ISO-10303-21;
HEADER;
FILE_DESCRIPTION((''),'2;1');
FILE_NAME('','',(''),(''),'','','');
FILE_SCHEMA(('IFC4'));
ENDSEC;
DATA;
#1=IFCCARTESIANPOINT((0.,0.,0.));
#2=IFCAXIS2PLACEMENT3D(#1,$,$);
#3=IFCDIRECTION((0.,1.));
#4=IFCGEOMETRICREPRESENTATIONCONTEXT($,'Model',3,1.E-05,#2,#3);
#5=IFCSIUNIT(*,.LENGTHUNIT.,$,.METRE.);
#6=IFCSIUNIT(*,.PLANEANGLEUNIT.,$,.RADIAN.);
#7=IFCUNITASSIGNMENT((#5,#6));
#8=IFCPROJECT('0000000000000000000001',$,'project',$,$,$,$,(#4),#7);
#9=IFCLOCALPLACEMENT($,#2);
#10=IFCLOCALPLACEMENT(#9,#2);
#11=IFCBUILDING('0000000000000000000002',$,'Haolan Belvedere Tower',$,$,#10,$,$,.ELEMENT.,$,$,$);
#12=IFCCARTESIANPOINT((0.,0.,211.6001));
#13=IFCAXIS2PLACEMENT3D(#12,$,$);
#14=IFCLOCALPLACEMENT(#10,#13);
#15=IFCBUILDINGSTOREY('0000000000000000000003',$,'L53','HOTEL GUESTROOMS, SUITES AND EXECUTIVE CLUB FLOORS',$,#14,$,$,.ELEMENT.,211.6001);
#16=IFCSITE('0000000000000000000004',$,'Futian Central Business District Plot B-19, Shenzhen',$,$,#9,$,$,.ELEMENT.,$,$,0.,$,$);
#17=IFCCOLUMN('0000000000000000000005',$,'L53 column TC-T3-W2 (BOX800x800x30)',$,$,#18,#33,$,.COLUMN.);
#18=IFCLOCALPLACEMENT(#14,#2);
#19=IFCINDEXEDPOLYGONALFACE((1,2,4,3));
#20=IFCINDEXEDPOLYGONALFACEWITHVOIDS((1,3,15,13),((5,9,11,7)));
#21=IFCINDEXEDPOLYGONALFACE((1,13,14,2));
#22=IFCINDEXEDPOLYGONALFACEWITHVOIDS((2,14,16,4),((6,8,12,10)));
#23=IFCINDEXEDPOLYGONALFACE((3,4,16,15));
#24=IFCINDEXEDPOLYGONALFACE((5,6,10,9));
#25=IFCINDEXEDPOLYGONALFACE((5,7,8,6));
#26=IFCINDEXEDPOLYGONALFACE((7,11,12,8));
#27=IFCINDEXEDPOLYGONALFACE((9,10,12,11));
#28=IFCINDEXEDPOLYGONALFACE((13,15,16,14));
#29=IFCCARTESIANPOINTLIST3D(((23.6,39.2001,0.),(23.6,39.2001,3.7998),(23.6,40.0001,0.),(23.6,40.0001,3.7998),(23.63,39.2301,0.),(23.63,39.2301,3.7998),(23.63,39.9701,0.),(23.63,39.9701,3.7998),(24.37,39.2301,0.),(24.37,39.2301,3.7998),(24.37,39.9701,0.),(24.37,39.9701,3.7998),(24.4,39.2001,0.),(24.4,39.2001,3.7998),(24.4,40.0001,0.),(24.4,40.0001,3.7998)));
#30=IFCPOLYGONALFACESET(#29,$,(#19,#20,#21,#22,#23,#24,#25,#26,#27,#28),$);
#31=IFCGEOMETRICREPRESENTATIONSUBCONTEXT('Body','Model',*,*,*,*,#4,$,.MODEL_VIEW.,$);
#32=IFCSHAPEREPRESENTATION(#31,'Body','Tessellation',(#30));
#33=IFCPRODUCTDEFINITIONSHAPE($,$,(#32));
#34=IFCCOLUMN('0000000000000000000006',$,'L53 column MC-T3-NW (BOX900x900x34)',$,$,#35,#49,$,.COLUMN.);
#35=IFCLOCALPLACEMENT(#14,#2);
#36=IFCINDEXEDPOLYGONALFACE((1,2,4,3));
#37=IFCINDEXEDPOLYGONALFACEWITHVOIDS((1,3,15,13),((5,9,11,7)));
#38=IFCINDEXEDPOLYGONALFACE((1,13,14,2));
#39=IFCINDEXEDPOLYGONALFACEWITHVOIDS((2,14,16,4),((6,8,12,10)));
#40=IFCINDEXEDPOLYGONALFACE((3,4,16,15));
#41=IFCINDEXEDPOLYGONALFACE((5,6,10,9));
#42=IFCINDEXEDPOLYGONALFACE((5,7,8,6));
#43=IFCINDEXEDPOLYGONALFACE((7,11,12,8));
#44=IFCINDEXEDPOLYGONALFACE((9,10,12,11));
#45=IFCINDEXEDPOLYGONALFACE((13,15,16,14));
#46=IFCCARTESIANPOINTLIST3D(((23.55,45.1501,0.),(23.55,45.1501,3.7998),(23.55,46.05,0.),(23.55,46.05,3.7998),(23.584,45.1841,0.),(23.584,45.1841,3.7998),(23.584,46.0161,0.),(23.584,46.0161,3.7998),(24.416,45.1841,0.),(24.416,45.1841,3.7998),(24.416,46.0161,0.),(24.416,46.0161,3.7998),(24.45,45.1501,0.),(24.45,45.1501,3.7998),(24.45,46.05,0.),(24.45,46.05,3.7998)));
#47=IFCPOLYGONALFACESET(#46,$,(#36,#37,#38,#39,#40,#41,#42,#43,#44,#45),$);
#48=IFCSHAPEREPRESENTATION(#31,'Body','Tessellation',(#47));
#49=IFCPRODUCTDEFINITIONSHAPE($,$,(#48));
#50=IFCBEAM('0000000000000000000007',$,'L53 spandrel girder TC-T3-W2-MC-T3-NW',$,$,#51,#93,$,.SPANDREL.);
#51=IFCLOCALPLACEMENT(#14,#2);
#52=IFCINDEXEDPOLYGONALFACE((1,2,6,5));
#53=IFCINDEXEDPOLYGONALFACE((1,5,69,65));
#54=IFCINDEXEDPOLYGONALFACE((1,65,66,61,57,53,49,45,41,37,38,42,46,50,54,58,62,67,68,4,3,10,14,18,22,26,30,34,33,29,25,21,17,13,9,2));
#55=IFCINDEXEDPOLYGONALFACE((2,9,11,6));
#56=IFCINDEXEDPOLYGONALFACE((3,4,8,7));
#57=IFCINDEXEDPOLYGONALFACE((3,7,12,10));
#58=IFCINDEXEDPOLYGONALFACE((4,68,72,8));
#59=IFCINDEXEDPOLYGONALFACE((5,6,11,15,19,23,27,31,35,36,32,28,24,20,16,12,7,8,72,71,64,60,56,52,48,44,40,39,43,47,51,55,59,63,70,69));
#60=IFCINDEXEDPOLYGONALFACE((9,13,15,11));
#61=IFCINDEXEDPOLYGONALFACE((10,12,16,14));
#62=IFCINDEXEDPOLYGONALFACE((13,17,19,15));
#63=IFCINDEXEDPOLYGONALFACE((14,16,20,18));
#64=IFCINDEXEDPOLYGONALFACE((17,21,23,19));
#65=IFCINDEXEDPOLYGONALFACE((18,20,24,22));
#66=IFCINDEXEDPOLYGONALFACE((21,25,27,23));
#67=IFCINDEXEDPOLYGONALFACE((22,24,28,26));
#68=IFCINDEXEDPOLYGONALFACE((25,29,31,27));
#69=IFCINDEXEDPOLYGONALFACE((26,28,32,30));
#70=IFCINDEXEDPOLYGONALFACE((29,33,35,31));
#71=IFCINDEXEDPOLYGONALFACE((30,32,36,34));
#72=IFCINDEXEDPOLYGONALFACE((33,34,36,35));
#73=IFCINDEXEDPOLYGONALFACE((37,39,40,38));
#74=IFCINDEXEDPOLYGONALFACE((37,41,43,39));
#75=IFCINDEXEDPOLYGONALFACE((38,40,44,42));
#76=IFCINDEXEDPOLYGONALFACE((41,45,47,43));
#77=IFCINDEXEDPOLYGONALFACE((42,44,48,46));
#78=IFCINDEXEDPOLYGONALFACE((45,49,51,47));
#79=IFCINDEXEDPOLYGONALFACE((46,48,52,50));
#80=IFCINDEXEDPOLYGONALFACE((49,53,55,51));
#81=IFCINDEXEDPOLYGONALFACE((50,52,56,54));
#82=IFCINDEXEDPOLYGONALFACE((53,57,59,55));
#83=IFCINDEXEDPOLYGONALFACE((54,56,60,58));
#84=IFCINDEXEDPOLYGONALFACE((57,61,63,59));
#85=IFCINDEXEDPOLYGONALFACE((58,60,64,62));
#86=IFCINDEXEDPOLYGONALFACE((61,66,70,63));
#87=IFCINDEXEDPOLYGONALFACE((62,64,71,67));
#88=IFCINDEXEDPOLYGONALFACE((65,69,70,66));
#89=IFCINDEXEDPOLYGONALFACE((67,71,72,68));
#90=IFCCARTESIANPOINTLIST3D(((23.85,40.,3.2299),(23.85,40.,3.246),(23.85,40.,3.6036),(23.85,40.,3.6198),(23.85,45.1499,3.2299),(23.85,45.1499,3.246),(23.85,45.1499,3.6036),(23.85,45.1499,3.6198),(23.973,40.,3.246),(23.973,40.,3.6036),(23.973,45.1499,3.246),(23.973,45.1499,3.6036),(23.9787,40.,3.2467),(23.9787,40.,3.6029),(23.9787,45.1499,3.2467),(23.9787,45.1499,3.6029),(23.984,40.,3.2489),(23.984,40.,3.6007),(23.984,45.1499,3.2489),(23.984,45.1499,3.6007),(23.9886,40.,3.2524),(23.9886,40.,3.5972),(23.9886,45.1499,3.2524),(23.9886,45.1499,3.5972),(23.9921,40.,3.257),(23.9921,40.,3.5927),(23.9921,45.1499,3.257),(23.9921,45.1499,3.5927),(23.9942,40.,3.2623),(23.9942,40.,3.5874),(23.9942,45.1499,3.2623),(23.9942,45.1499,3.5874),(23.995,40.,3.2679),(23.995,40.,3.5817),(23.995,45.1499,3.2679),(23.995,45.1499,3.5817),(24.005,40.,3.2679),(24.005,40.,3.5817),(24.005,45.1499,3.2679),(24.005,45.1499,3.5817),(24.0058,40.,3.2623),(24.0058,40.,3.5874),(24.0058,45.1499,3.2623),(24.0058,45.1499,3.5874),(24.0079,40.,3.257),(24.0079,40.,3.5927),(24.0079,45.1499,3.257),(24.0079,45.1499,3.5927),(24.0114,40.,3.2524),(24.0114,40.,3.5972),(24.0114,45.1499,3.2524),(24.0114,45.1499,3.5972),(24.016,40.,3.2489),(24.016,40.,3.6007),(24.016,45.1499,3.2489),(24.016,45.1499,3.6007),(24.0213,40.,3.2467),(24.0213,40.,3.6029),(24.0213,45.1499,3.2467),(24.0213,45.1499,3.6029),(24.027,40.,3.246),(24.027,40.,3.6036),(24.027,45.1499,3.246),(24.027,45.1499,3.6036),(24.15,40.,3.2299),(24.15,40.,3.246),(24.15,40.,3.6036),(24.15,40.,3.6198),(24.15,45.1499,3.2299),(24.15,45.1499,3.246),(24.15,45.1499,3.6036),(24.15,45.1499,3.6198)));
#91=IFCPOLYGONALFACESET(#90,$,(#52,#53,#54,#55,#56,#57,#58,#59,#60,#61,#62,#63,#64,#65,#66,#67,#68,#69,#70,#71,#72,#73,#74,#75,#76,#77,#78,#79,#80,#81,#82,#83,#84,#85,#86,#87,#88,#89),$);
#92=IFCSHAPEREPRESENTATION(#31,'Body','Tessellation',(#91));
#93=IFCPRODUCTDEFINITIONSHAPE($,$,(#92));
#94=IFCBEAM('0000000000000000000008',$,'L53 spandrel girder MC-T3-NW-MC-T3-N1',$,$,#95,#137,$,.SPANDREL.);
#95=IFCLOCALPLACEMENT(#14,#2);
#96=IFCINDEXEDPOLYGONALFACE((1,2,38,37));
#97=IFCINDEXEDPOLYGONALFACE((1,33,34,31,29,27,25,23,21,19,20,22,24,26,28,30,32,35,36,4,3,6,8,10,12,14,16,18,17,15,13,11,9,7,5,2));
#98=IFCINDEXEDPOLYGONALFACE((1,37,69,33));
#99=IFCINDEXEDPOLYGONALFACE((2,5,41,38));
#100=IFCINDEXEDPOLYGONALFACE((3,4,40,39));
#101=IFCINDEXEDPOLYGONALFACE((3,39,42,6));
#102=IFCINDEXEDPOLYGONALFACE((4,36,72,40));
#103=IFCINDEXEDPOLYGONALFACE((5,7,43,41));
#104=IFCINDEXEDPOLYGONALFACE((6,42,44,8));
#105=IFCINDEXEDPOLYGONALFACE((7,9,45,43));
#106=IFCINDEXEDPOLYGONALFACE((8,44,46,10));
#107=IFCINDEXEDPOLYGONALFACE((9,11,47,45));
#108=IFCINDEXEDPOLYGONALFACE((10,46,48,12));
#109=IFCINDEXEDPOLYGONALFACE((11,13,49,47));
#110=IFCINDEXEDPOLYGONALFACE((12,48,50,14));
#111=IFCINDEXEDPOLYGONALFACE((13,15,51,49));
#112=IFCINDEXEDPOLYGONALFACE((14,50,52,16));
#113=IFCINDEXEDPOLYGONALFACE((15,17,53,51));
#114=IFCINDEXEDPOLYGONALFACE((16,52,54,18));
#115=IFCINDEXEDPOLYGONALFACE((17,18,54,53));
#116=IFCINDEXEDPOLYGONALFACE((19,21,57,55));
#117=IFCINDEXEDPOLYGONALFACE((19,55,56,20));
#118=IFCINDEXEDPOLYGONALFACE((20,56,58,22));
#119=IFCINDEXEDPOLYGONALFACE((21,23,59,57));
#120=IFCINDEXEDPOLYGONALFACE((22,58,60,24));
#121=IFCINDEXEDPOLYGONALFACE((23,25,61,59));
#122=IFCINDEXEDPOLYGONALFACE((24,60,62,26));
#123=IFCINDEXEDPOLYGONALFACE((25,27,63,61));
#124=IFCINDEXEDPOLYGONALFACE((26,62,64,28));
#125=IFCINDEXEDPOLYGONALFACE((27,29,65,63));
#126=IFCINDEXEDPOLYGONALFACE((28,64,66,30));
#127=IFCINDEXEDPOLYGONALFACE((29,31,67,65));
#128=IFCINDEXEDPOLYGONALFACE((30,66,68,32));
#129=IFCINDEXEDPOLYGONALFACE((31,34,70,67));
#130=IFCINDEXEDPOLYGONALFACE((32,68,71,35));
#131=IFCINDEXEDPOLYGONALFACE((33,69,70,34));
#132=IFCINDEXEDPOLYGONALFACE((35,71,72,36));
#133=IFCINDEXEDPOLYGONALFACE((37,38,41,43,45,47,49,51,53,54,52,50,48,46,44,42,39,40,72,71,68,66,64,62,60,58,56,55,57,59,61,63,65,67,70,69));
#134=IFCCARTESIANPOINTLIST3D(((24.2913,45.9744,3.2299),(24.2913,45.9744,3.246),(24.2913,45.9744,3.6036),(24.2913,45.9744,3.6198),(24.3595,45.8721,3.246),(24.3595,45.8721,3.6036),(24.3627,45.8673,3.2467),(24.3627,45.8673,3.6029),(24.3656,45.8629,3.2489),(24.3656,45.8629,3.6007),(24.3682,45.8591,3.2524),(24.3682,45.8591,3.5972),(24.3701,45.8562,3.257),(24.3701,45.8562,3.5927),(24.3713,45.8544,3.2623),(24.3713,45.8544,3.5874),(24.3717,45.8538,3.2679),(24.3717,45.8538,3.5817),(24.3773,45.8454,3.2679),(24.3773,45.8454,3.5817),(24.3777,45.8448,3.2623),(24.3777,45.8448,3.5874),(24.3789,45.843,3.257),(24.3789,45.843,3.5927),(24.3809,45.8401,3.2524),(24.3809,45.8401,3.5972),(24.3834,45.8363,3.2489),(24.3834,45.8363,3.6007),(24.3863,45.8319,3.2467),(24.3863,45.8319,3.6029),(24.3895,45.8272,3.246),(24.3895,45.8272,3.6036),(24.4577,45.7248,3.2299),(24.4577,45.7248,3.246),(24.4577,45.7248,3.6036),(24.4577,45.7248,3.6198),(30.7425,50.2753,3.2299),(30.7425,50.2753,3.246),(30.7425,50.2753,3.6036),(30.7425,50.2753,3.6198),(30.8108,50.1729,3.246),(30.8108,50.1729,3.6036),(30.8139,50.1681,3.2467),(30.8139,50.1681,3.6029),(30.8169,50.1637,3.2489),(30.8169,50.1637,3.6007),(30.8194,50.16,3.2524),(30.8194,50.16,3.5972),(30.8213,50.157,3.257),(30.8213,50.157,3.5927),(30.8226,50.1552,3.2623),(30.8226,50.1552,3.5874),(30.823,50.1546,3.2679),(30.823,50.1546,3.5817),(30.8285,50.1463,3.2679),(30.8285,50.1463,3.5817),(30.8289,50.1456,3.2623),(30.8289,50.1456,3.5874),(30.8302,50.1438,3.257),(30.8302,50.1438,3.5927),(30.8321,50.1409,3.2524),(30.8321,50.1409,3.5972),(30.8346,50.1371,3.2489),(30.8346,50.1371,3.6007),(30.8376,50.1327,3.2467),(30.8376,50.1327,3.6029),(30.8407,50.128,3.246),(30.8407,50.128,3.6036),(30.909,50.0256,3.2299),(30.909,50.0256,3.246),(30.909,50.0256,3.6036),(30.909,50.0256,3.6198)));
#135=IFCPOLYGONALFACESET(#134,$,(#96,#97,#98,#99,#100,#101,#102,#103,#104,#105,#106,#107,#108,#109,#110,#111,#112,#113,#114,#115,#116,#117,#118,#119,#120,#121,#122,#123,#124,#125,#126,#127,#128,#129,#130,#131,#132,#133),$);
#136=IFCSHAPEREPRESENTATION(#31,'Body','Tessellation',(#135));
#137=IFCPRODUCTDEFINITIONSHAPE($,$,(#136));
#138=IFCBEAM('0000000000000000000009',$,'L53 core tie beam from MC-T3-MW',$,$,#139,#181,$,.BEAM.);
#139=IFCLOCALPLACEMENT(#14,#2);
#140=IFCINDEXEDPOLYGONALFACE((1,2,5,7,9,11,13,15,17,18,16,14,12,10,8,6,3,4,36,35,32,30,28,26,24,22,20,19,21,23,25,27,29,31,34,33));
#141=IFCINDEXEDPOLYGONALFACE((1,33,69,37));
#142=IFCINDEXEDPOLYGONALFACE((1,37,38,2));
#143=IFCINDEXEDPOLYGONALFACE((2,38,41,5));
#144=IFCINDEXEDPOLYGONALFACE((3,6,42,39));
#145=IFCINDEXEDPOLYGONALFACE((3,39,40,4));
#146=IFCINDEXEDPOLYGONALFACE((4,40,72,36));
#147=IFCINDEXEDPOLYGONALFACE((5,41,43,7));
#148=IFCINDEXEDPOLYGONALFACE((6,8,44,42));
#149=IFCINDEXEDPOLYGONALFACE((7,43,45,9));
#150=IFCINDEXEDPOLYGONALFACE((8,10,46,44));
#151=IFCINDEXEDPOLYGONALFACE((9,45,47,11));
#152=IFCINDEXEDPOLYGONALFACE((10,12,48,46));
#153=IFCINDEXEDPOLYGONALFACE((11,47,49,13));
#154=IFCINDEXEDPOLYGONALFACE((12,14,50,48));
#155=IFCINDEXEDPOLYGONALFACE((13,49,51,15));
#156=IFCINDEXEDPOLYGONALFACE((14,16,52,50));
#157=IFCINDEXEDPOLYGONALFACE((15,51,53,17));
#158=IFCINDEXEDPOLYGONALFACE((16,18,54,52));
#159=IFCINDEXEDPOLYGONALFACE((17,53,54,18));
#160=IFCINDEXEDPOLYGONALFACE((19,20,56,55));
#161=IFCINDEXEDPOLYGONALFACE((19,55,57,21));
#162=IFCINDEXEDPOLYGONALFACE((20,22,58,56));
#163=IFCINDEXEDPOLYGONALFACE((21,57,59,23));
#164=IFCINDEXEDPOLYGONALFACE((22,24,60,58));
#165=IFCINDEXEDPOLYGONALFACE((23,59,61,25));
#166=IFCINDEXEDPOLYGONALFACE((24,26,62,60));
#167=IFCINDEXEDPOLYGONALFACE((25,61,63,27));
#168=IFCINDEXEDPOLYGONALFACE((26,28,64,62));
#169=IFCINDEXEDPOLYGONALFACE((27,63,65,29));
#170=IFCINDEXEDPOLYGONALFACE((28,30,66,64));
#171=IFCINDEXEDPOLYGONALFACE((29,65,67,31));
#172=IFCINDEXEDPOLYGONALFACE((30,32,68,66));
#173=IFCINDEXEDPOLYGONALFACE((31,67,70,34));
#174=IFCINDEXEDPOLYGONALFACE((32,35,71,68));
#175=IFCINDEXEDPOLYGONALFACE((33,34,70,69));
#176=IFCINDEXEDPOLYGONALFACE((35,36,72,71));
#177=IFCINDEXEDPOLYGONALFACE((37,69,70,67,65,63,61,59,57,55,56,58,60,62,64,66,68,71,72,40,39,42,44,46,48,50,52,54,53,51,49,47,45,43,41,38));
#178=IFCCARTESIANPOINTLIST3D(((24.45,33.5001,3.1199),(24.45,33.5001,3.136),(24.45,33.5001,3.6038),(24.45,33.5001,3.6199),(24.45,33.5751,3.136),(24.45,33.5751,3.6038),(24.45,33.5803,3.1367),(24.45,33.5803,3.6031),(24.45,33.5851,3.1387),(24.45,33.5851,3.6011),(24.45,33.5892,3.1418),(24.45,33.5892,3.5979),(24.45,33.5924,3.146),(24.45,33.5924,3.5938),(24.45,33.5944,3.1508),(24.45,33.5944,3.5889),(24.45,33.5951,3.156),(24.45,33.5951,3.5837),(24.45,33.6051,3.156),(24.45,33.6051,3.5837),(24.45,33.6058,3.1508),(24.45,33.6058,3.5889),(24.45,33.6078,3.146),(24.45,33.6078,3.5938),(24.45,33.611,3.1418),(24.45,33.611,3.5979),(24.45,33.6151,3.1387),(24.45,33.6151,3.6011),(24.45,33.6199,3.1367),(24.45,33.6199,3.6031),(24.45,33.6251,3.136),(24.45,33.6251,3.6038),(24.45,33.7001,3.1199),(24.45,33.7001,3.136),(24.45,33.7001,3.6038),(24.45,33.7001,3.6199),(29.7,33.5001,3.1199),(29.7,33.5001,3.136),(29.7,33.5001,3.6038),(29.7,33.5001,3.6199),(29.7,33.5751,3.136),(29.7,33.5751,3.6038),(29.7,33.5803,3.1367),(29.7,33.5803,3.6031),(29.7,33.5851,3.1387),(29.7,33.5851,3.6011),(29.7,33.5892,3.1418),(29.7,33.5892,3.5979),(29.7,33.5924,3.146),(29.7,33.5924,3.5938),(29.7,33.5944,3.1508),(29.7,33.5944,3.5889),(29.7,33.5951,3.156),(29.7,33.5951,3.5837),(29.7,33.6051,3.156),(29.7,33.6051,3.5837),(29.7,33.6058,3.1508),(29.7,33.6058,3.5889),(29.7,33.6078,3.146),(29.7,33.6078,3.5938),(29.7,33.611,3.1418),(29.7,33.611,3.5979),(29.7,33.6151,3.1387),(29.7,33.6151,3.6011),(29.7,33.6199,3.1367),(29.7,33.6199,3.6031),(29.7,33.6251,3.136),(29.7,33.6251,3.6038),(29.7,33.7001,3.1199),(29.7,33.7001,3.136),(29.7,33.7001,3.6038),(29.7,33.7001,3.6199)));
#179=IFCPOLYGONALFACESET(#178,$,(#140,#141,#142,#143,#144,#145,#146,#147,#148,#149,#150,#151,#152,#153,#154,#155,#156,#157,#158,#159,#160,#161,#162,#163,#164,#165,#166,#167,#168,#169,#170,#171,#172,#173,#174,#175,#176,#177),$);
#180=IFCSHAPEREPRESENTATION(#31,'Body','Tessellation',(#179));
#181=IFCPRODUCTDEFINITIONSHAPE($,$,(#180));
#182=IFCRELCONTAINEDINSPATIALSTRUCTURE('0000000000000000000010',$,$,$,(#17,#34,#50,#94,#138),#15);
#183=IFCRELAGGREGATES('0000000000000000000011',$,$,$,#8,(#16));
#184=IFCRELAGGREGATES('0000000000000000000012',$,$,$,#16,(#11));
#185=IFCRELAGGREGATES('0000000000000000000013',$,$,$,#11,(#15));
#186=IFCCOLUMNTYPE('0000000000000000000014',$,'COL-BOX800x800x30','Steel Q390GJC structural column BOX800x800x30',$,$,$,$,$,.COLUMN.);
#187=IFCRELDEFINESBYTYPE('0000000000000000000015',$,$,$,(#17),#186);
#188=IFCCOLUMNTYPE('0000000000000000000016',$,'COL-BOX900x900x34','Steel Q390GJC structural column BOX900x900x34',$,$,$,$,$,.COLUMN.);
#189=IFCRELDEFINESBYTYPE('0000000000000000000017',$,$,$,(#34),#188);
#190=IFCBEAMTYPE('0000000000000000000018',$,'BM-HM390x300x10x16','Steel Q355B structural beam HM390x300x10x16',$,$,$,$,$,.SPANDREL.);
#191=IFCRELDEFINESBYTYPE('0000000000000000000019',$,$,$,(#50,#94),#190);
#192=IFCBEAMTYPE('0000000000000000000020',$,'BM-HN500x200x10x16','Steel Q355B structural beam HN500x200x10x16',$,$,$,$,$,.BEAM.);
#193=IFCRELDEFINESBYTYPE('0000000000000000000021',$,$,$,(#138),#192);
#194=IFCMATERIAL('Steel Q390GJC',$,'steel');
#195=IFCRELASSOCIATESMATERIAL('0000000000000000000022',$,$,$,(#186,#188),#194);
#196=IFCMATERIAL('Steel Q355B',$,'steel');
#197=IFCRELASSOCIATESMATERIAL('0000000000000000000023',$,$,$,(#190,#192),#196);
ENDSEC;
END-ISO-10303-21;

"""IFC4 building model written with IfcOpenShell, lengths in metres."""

from ifc_helpers import new_model, si_unit, direction, frame, origin, origin_2d, place, context, subcontext, project, spatial, hollow_rectangle, i_section, extrude, material, material_profile, profile_set, type_object, element, save


model = new_model("IFC4")

# Units and contexts
model_context = context("Model", 3, precision=1e-05, world=origin(), true_north=direction((0.0, 1.0)))
body_context = subcontext(model_context, "Body", "Model", "MODEL_VIEW")
ifc_project = project(units=[si_unit("LENGTHUNIT", "METRE"), si_unit("PLANEANGLEUNIT", "RADIAN")], contexts=[model_context])

# Site, building, storey
site_placement = place(None, origin())
site = spatial("IfcSite", under=ifc_project, at=site_placement, Name="Futian Central Business District Plot B-19, Shenzhen", CompositionType="ELEMENT", RefElevation=0.0)
building_placement = place(site_placement, origin())
building = spatial("IfcBuilding", under=site, at=building_placement, Name="Haolan Belvedere Tower", CompositionType="ELEMENT")
storey_placement = place(building_placement, frame((0.0, 0.0, 211.6001)))
storey = spatial("IfcBuildingStorey", under=building, at=storey_placement, Name="L53", Description="HOTEL GUESTROOMS, SUITES AND EXECUTIVE CLUB FLOORS", CompositionType="ELEMENT", Elevation=211.6001)

# Columns
ifc_material_1 = material(Name="Steel Q390GJC", Category="steel")
ifc_material_profile_1 = material_profile(ifc_material_1, hollow_rectangle(XDim=0.8, YDim=0.8, WallThickness=0.03, at=origin_2d()), Name="Steel Q390GJC")
ifc_profile_set_1 = profile_set([ifc_material_profile_1], Name="Steel Q390GJC")
column_type_1 = type_object("IfcColumnType", Name="COL-BOX800x800x30", Description="Steel Q390GJC structural column BOX800x800x30", PredefinedType="COLUMN", material=ifc_profile_set_1)
column_1_placement = place(storey_placement, frame((24.0, 39.6001, 0.0), z_axis=(0.0, 0.0, 1.0), x_axis=(1.0, 0.0, 0.0)))
element("IfcColumn", 1, at=column_1_placement, inside=storey, type_object=column_type_1, Name="L53 column TC-T3-W2 (BOX800x800x30)", PredefinedType="COLUMN", context=body_context, shape_type="SweptSolid", body=[
    extrude(hollow_rectangle(XDim=0.8, YDim=0.8, WallThickness=0.03, at=origin_2d()), origin(), (0.0, 0.0, 1.0), 3.7998),
])
ifc_material_profile_2 = material_profile(ifc_material_1, hollow_rectangle(XDim=0.8999, YDim=0.8999, WallThickness=0.0339, at=origin_2d()), Name="Steel Q390GJC")
ifc_profile_set_2 = profile_set([ifc_material_profile_2], Name="Steel Q390GJC")
column_type_2 = type_object("IfcColumnType", Name="COL-BOX900x900x34", Description="Steel Q390GJC structural column BOX900x900x34", PredefinedType="COLUMN", material=ifc_profile_set_2)
column_2_placement = place(storey_placement, frame((24.0, 45.6001, 0.0), z_axis=(0.0, 0.0, 1.0), x_axis=(1.0, 0.0, 0.0)))
element("IfcColumn", 2, at=column_2_placement, inside=storey, type_object=column_type_2, Name="L53 column MC-T3-NW (BOX900x900x34)", PredefinedType="COLUMN", context=body_context, shape_type="SweptSolid", body=[
    extrude(hollow_rectangle(XDim=0.8999, YDim=0.8999, WallThickness=0.0339, at=origin_2d()), origin(), (0.0, 0.0, 1.0), 3.7998),
])

# Beams
ifc_material_2 = material(Name="Steel Q355B", Category="steel")
ifc_material_profile_3 = material_profile(ifc_material_2, i_section(OverallWidth=0.3, OverallDepth=0.3899, WebThickness=0.01, FlangeThickness=0.0161, FilletRadius=0.022, at=origin_2d()), Name="Steel Q355B")
ifc_profile_set_3 = profile_set([ifc_material_profile_3], Name="Steel Q355B")
beam_type_1 = type_object("IfcBeamType", Name="BM-HM390x300x10x16", Description="Steel Q355B structural beam HM390x300x10x16", PredefinedType="SPANDREL", material=ifc_profile_set_3)
beam_1_placement = place(storey_placement, frame((24.0, 40.0, 3.4248), z_axis=(0.0, 1.0, 0.0), x_axis=(-1.0, 0.0, 0.0)))
element("IfcBeam", 3, at=beam_1_placement, inside=storey, type_object=beam_type_1, Name="L53 spandrel girder TC-T3-W2-MC-T3-NW", PredefinedType="SPANDREL", context=body_context, shape_type="SweptSolid", body=[
    extrude(i_section(OverallWidth=0.3, OverallDepth=0.3899, WebThickness=0.01, FlangeThickness=0.0161, FilletRadius=0.022, at=origin_2d()), origin(), (0.0, 0.0, 1.0), 5.1499),
])
beam_2_placement = place(storey_placement, frame((24.3745, 45.8496, 3.4248), z_axis=(0.83205, 0.5547, 0.0), x_axis=(-0.5547, 0.83205, 0.0)))
element("IfcBeam", 4, at=beam_2_placement, inside=storey, type_object=beam_type_1, Name="L53 spandrel girder MC-T3-NW-MC-T3-N1", PredefinedType="SPANDREL", context=body_context, shape_type="SweptSolid", body=[
    extrude(i_section(OverallWidth=0.3, OverallDepth=0.3899, WebThickness=0.01, FlangeThickness=0.0161, FilletRadius=0.022, at=origin_2d()), origin(), (0.0, 0.0, 1.0), 7.7534),
])
ifc_material_profile_4 = material_profile(ifc_material_2, i_section(OverallWidth=0.2, OverallDepth=0.5, WebThickness=0.01, FlangeThickness=0.0161, FilletRadius=0.02, at=origin_2d()), Name="Steel Q355B")
ifc_profile_set_4 = profile_set([ifc_material_profile_4], Name="Steel Q355B")
beam_type_2 = type_object("IfcBeamType", Name="BM-HN500x200x10x16", Description="Steel Q355B structural beam HN500x200x10x16", PredefinedType="BEAM", material=ifc_profile_set_4)
beam_3_placement = place(storey_placement, frame((24.45, 33.6001, 3.3699), z_axis=(1.0, 0.0, 0.0), x_axis=(0.0, 1.0, 0.0)))
element("IfcBeam", 5, at=beam_3_placement, inside=storey, type_object=beam_type_2, Name="L53 core tie beam from MC-T3-MW", PredefinedType="BEAM", context=body_context, shape_type="SweptSolid", body=[
    extrude(i_section(OverallWidth=0.2, OverallDepth=0.5, WebThickness=0.01, FlangeThickness=0.0161, FilletRadius=0.02, at=origin_2d()), origin(), (0.0, 0.0, 1.0), 5.25),
])

save(model, "model.ifc")
